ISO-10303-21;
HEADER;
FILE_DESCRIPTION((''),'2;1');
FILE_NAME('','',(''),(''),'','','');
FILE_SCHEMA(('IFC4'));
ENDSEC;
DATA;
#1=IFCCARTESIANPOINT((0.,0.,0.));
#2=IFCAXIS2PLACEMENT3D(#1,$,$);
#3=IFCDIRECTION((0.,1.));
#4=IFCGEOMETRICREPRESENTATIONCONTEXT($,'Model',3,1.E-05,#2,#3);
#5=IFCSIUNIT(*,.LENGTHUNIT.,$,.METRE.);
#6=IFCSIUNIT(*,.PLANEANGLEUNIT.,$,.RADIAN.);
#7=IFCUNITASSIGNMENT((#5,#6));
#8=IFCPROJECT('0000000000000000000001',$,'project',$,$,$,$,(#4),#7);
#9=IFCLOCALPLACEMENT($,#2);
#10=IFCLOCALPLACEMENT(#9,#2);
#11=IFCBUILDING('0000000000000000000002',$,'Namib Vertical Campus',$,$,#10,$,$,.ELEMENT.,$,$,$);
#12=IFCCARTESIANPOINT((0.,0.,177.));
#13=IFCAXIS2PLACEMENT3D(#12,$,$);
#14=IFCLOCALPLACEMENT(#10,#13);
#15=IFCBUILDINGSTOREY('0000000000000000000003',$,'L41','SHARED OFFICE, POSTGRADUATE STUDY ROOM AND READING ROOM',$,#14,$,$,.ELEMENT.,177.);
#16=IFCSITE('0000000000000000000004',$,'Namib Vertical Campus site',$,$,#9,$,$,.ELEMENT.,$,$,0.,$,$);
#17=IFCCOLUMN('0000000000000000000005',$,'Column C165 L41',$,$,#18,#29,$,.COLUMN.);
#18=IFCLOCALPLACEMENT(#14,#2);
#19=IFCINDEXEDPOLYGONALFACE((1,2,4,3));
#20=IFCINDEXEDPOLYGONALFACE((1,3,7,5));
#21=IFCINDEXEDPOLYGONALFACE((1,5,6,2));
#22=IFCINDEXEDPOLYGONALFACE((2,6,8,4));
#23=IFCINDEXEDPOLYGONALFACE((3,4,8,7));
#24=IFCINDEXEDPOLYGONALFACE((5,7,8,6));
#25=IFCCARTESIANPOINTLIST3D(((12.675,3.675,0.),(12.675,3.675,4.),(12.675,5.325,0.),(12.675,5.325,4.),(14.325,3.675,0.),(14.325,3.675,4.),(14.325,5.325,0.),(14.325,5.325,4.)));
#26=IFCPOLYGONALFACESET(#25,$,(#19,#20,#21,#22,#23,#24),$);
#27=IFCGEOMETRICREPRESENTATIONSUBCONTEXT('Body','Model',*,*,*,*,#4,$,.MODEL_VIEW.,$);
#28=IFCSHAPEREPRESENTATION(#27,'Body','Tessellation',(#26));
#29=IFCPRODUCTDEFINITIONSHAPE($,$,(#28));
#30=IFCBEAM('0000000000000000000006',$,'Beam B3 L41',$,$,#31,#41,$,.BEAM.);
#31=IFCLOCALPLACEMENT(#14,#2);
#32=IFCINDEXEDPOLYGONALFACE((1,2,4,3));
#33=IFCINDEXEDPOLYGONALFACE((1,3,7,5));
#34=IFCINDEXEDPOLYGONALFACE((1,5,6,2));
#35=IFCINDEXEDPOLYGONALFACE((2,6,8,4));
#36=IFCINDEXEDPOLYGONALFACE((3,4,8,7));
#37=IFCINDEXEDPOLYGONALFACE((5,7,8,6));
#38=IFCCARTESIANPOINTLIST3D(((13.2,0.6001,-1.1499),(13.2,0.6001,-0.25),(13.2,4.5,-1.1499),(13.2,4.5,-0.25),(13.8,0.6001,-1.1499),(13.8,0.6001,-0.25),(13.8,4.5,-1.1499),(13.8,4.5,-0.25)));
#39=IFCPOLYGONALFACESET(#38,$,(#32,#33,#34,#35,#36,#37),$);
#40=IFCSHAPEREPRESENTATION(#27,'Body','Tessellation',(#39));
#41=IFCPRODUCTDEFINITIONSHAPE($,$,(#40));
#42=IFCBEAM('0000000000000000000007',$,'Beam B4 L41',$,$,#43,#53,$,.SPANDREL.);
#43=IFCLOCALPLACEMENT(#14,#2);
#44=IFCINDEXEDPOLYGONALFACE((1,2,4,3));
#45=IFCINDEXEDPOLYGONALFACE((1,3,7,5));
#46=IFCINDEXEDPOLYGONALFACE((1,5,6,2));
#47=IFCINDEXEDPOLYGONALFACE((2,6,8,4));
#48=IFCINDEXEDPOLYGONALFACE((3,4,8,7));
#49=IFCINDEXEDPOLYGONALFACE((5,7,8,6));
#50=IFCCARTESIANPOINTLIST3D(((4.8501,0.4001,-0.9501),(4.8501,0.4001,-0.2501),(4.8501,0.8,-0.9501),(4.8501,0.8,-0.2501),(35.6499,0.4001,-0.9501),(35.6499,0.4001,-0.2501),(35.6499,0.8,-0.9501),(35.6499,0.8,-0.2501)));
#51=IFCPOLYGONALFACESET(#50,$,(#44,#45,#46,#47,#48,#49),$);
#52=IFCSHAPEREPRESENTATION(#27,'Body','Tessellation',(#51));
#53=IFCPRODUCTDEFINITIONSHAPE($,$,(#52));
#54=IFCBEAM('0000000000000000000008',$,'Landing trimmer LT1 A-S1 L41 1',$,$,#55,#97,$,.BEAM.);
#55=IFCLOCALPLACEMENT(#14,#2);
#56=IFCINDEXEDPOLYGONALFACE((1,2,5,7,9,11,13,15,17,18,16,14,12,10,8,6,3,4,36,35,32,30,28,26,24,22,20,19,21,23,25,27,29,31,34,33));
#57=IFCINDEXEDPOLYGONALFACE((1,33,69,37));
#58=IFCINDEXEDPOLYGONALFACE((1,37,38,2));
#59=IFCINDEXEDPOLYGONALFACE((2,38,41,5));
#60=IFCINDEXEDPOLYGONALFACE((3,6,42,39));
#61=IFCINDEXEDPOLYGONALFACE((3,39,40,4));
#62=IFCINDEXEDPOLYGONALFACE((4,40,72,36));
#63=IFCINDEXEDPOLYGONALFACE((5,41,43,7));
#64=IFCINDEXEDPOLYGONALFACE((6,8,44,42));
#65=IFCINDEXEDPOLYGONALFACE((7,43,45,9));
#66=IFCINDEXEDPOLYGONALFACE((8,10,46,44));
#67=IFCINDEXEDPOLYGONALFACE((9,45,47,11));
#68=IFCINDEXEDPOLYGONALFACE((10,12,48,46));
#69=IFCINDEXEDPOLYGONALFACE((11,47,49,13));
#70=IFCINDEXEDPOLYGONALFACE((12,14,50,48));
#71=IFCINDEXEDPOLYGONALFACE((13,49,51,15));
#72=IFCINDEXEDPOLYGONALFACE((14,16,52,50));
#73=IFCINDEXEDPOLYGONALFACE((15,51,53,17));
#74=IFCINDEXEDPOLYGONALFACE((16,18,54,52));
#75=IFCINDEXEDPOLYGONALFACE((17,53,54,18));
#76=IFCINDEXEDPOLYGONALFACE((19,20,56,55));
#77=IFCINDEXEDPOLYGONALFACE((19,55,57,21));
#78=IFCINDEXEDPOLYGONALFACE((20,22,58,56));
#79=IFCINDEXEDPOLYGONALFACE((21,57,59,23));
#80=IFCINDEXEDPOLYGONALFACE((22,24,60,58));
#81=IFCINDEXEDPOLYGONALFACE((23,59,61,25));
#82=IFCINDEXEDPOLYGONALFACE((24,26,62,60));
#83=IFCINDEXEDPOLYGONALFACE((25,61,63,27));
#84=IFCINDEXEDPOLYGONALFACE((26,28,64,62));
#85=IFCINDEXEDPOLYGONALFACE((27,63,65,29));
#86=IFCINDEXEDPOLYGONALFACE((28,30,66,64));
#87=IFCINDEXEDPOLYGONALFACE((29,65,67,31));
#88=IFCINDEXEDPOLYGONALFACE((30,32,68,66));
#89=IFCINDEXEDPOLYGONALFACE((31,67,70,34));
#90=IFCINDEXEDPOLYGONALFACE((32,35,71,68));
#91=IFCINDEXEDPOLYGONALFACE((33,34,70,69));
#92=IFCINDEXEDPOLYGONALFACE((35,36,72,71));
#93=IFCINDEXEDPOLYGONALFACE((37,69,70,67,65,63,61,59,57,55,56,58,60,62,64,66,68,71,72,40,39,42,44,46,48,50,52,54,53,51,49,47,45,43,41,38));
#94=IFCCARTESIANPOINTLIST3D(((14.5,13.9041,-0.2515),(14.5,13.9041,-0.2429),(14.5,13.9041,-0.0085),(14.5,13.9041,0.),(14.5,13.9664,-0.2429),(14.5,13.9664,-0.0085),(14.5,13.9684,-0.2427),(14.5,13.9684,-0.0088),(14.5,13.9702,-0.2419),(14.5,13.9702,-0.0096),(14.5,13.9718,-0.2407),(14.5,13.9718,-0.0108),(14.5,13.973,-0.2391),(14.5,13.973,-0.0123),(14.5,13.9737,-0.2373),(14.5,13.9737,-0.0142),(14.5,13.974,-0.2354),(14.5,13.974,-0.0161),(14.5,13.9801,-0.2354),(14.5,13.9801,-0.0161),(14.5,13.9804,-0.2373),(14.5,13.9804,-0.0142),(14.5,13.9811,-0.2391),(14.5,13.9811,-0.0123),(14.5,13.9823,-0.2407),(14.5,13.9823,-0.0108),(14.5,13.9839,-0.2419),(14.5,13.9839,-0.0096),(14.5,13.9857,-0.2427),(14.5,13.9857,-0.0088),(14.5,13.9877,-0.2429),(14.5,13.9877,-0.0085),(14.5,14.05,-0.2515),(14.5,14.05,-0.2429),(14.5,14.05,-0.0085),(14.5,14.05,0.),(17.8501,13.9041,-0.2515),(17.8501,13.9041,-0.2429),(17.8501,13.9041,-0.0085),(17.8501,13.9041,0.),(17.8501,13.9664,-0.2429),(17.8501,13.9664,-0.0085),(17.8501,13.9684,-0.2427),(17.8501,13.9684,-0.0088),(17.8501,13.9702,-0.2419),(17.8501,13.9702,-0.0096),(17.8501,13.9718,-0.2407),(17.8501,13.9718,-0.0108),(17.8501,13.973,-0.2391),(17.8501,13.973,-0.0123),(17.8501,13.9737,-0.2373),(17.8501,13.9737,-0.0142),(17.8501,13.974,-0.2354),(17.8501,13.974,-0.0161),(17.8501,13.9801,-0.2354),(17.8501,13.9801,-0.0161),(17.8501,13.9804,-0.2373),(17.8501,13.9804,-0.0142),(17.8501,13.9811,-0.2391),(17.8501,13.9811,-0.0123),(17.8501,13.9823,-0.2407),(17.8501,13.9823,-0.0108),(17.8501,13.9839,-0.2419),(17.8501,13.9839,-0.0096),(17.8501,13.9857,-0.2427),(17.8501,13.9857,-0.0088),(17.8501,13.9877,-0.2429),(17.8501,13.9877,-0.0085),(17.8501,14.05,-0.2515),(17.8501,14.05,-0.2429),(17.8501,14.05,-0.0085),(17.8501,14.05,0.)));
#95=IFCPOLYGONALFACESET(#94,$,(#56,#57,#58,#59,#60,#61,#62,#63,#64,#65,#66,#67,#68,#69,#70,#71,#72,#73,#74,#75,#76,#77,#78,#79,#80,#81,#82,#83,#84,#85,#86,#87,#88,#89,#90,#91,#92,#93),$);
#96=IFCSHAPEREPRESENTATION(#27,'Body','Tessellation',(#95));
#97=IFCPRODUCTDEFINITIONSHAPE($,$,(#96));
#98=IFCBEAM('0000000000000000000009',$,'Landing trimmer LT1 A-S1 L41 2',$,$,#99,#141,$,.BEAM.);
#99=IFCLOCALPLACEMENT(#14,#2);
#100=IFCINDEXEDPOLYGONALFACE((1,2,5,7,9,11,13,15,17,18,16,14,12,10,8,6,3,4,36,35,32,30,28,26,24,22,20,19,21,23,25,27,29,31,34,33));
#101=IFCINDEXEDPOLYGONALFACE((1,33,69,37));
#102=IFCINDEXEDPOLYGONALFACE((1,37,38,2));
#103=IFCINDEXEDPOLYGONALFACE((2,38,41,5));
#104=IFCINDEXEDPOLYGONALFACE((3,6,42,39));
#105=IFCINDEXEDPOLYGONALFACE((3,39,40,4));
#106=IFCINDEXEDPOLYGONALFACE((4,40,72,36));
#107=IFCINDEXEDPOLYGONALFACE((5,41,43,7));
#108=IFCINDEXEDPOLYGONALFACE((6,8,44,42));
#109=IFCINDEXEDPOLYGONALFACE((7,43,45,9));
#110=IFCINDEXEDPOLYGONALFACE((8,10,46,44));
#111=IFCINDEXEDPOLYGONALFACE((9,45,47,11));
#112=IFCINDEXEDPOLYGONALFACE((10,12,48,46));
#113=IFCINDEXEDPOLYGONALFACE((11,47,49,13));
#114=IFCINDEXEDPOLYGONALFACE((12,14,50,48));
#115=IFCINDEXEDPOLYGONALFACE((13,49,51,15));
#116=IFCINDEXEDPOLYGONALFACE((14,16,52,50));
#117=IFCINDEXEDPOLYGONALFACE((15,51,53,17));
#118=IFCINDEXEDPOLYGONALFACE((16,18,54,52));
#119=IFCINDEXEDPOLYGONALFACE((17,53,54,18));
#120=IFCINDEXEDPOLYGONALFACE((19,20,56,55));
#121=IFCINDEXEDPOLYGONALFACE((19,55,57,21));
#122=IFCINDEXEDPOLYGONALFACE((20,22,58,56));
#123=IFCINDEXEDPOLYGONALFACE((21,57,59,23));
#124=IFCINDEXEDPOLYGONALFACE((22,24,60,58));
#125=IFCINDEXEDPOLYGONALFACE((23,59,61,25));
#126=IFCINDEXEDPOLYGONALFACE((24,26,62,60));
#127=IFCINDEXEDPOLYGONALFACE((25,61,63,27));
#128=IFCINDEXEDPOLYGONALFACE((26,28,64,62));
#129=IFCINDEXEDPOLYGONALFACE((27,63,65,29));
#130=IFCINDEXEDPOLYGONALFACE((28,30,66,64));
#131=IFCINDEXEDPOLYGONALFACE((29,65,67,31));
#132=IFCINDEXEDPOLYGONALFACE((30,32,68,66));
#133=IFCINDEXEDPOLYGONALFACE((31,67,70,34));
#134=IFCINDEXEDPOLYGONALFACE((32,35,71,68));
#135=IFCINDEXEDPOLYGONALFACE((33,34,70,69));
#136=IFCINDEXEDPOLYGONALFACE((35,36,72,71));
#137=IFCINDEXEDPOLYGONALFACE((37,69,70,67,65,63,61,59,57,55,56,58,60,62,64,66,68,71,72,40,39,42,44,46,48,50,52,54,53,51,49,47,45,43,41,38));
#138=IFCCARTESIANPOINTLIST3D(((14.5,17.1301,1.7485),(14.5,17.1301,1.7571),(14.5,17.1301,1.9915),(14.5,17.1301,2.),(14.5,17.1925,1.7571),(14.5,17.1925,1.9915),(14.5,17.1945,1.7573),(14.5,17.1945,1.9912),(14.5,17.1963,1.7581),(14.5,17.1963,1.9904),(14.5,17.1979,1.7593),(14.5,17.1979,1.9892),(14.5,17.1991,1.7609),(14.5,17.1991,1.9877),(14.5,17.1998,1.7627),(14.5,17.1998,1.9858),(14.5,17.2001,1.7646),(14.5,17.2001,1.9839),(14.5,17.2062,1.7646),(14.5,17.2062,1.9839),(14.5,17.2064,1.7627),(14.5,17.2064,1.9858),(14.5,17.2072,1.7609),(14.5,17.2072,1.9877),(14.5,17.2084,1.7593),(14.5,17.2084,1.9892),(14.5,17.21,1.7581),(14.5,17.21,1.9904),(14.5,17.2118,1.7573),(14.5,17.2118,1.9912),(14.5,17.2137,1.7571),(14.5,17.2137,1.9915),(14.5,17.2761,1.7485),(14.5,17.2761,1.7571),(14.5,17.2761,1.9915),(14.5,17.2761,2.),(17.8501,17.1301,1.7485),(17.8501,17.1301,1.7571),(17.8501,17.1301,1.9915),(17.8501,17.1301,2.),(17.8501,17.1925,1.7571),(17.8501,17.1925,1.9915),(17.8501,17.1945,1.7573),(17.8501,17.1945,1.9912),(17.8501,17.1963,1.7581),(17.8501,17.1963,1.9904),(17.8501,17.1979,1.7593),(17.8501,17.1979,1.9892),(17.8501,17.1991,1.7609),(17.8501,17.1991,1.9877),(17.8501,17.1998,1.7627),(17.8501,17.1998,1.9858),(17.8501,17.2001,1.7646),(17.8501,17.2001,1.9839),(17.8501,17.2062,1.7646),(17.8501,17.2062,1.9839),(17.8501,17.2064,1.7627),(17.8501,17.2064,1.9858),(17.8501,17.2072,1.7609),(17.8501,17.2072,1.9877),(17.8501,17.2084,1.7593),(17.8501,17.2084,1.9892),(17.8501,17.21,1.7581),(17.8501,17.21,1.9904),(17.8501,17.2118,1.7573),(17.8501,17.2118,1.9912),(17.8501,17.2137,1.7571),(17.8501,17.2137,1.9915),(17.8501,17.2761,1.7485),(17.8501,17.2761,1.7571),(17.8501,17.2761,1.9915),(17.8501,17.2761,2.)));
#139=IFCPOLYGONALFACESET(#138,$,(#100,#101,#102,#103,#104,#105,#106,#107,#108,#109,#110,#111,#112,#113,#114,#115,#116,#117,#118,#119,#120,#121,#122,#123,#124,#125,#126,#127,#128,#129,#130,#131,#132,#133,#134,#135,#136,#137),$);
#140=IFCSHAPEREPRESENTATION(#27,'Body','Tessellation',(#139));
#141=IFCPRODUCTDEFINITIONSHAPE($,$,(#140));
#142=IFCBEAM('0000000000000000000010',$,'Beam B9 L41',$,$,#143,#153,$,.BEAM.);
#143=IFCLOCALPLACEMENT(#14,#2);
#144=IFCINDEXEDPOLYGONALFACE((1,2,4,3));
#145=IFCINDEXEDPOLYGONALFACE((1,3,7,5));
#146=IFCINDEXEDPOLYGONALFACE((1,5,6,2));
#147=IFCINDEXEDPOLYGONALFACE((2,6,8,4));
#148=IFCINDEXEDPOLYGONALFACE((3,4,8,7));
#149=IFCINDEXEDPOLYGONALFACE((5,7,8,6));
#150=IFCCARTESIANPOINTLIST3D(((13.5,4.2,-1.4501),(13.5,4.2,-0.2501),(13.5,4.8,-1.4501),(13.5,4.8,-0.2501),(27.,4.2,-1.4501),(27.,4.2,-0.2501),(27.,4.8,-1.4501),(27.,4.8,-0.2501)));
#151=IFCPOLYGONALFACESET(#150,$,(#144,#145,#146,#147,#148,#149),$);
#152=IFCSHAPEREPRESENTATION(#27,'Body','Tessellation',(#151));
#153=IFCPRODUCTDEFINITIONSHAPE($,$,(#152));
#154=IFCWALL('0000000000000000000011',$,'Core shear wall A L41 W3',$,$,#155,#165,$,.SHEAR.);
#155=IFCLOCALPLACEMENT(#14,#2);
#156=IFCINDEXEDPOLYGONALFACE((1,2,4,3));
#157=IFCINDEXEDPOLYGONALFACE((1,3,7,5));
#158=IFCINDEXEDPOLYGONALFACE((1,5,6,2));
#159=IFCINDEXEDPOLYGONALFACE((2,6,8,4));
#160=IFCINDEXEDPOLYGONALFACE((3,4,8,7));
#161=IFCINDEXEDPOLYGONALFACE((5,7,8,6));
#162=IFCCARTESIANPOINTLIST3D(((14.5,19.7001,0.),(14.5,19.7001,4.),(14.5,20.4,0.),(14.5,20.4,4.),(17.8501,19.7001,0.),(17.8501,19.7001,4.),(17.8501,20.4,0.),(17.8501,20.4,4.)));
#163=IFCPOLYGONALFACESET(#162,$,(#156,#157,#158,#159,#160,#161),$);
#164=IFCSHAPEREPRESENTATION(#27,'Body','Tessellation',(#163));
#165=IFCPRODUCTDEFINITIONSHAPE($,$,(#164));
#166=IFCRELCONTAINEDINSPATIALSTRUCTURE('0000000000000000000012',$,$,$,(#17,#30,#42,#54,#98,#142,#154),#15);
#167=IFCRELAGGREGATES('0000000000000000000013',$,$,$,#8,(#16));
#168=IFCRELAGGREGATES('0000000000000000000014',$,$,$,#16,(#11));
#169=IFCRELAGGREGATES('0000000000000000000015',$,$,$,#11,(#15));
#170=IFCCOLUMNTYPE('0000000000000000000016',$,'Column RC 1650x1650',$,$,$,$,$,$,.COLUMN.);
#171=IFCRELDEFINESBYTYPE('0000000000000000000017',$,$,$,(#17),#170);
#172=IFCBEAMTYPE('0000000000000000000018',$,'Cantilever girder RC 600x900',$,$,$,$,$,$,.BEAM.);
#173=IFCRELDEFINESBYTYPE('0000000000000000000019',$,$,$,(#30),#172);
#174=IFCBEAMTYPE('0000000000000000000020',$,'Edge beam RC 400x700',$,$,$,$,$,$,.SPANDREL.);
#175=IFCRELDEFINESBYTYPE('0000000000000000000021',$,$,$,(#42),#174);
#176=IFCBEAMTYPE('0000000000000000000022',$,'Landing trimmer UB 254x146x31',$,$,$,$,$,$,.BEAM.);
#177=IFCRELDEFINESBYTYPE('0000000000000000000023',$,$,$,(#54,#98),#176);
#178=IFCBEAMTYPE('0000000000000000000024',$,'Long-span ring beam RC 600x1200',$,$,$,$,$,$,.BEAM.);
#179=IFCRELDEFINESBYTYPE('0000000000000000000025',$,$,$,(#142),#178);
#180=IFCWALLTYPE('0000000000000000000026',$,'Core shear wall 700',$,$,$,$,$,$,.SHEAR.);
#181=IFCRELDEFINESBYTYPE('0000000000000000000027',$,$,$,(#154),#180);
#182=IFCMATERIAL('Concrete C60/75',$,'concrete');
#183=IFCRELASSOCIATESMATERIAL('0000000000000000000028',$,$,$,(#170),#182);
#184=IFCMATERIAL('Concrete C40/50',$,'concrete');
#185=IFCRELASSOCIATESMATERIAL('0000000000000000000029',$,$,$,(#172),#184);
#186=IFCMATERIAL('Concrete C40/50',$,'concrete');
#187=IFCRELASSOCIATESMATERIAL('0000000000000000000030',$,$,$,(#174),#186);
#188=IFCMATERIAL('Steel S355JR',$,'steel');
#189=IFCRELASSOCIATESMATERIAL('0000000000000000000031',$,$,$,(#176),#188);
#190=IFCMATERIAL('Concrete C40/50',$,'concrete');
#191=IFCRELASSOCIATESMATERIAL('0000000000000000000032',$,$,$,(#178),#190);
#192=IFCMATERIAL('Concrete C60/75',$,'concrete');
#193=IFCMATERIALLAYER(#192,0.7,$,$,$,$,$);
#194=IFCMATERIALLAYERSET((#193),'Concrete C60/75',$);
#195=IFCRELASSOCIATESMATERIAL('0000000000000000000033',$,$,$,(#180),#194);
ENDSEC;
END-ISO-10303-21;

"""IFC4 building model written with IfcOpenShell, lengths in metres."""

from ifc_helpers import new_model, si_unit, direction, frame, frame_2d, origin, origin_2d, place, context, subcontext, project, spatial, rectangle, i_section, extrude, material, layer, layer_set, material_profile, profile_set, type_object, element, save


model = new_model("IFC4")

# Units and contexts
model_context = context("Model", 3, precision=1e-05, world=origin(), true_north=direction((0.0, 1.0)))
body_context = subcontext(model_context, "Body", "Model", "MODEL_VIEW")
ifc_project = project(units=[si_unit("LENGTHUNIT", "METRE"), si_unit("PLANEANGLEUNIT", "RADIAN")], contexts=[model_context])

# Site, building, storey
site_placement = place(None, origin())
site = spatial("IfcSite", under=ifc_project, at=site_placement, Name="Namib Vertical Campus site", CompositionType="ELEMENT", RefElevation=0.0)
building_placement = place(site_placement, origin())
building = spatial("IfcBuilding", under=site, at=building_placement, Name="Namib Vertical Campus", CompositionType="ELEMENT")
storey_placement = place(building_placement, frame((0.0, 0.0, 177.0)))
storey = spatial("IfcBuildingStorey", under=building, at=storey_placement, Name="L41", Description="SHARED OFFICE, POSTGRADUATE STUDY ROOM AND READING ROOM", CompositionType="ELEMENT", Elevation=177.0)

# Column
ifc_material_1 = material(Name="Concrete C60/75", Category="concrete")
ifc_material_profile_1 = material_profile(ifc_material_1, rectangle(XDim=1.6499, YDim=1.6499, at=origin_2d()))
ifc_profile_set_1 = profile_set([ifc_material_profile_1], Name="Concrete C60/75")
column_type = type_object("IfcColumnType", Name="Column RC 1650x1650", PredefinedType="COLUMN", material=ifc_profile_set_1)
column_placement = place(storey_placement, frame((13.5, 4.5, 0.0), z_axis=(0.0, 0.0, 1.0), x_axis=(1.0, 0.0, 0.0)))
element("IfcColumn", 1, at=column_placement, inside=storey, type_object=column_type, Name="Column C165 L41", PredefinedType="COLUMN", context=body_context, shape_type="SweptSolid", body=[
    extrude(rectangle(XDim=1.6499, YDim=1.6499, at=origin_2d()), origin(), (0.0, 0.0, 1.0), 4.0),
])

# Beams
ifc_material_2 = material(Name="Concrete C40/50", Category="concrete")
ifc_material_profile_2 = material_profile(ifc_material_2, rectangle(XDim=0.6001, YDim=0.8999, at=origin_2d()))
ifc_profile_set_2 = profile_set([ifc_material_profile_2], Name="Concrete C40/50")
beam_type_1 = type_object("IfcBeamType", Name="Cantilever girder RC 600x900", PredefinedType="BEAM", material=ifc_profile_set_2)
beam_1_placement = place(storey_placement, frame((13.5, 4.5, -0.7), z_axis=(0.0, -1.0, 0.0), x_axis=(1.0, 0.0, 0.0)))
element("IfcBeam", 2, at=beam_1_placement, inside=storey, type_object=beam_type_1, Name="Beam B3 L41", PredefinedType="BEAM", context=body_context, shape_type="SweptSolid", body=[
    extrude(rectangle(XDim=0.6001, YDim=0.8999, at=origin_2d()), origin(), (0.0, 0.0, 1.0), 3.8999),
])
ifc_material_3 = material(Name="Concrete C40/50", Category="concrete")
ifc_material_profile_3 = material_profile(ifc_material_3, rectangle(XDim=0.3999, YDim=0.7, at=origin_2d()))
ifc_profile_set_3 = profile_set([ifc_material_profile_3], Name="Concrete C40/50")
beam_type_2 = type_object("IfcBeamType", Name="Edge beam RC 400x700", PredefinedType="SPANDREL", material=ifc_profile_set_3)
beam_2_placement = place(storey_placement, frame((4.8501, 0.6001, -0.6001), z_axis=(1.0, 0.0, 0.0), x_axis=(0.0, 1.0, 0.0)))
element("IfcBeam", 3, at=beam_2_placement, inside=storey, type_object=beam_type_2, Name="Beam B4 L41", PredefinedType="SPANDREL", context=body_context, shape_type="SweptSolid", body=[
    extrude(rectangle(XDim=0.3999, YDim=0.7, at=origin_2d()), origin(), (0.0, 0.0, 1.0), 30.7998),
])
ifc_material_4 = material(Name="Steel S355JR", Category="steel")
ifc_material_profile_4 = material_profile(ifc_material_4, i_section(OverallWidth=0.146, OverallDepth=0.2515, WebThickness=0.0061, FlangeThickness=0.0085, FilletRadius=0.0076, at=origin_2d()))
ifc_profile_set_4 = profile_set([ifc_material_profile_4], Name="Steel S355JR")
beam_type_3 = type_object("IfcBeamType", Name="Landing trimmer UB 254x146x31", PredefinedType="BEAM", material=ifc_profile_set_4)
for number, where, z_axis, x_axis, name in (
    (4, (14.5, 13.9771, -0.1257), (1.0, 0.0, 0.0), (0.0, 1.0, 0.0), "Landing trimmer LT1 A-S1 L41 1"),
    (5, (14.5, 17.2031, 1.8743), (1.0, 0.0, 0.0), (0.0, 1.0, 0.0), "Landing trimmer LT1 A-S1 L41 2"),
):
    element("IfcBeam", number, at=place(storey_placement, frame(where, z_axis=z_axis, x_axis=x_axis)), inside=storey, type_object=beam_type_3, Name=name, PredefinedType="BEAM", context=body_context, shape_type="SweptSolid", body=[
        extrude(i_section(OverallWidth=0.146, OverallDepth=0.2515, WebThickness=0.0061, FlangeThickness=0.0085, FilletRadius=0.0076, at=origin_2d()), origin(), (0.0, 0.0, 1.0), 3.3501),
    ])
ifc_material_5 = material(Name="Concrete C40/50", Category="concrete")
ifc_material_profile_5 = material_profile(ifc_material_5, rectangle(XDim=0.6001, YDim=1.2, at=origin_2d()))
ifc_profile_set_5 = profile_set([ifc_material_profile_5], Name="Concrete C40/50")
beam_type_4 = type_object("IfcBeamType", Name="Long-span ring beam RC 600x1200", PredefinedType="BEAM", material=ifc_profile_set_5)
beam_3_placement = place(storey_placement, frame((13.5, 4.5, -0.8501), z_axis=(1.0, 0.0, 0.0), x_axis=(0.0, 1.0, 0.0)))
element("IfcBeam", 6, at=beam_3_placement, inside=storey, type_object=beam_type_4, Name="Beam B9 L41", PredefinedType="BEAM", context=body_context, shape_type="SweptSolid", body=[
    extrude(rectangle(XDim=0.6001, YDim=1.2, at=origin_2d()), origin(), (0.0, 0.0, 1.0), 13.5),
])

# Wall
ifc_material_6 = material(Name="Concrete C60/75", Category="concrete")
ifc_layer_1 = layer(ifc_material_6, 0.7)
ifc_layer_set_1 = layer_set([ifc_layer_1], Name="Concrete C60/75")
wall_type_1 = type_object("IfcWallType", Name="Core shear wall 700", PredefinedType="SHEAR", material=ifc_layer_set_1)
wall_1_placement = place(storey_placement, frame((14.5, 20.05, 0.0), z_axis=(0.0, 0.0, 1.0), x_axis=(1.0, 0.0, 0.0)))
element("IfcWall", 7, at=wall_1_placement, inside=storey, type_object=wall_type_1, Name="Core shear wall A L41 W3", PredefinedType="SHEAR", context=body_context, shape_type="SweptSolid", body=[
    extrude(rectangle(XDim=3.3501, YDim=0.7, at=frame_2d((1.675, 0.0))), origin(), (0.0, 0.0, 1.0), 4.0),
])

save(model, "model.ifc")
